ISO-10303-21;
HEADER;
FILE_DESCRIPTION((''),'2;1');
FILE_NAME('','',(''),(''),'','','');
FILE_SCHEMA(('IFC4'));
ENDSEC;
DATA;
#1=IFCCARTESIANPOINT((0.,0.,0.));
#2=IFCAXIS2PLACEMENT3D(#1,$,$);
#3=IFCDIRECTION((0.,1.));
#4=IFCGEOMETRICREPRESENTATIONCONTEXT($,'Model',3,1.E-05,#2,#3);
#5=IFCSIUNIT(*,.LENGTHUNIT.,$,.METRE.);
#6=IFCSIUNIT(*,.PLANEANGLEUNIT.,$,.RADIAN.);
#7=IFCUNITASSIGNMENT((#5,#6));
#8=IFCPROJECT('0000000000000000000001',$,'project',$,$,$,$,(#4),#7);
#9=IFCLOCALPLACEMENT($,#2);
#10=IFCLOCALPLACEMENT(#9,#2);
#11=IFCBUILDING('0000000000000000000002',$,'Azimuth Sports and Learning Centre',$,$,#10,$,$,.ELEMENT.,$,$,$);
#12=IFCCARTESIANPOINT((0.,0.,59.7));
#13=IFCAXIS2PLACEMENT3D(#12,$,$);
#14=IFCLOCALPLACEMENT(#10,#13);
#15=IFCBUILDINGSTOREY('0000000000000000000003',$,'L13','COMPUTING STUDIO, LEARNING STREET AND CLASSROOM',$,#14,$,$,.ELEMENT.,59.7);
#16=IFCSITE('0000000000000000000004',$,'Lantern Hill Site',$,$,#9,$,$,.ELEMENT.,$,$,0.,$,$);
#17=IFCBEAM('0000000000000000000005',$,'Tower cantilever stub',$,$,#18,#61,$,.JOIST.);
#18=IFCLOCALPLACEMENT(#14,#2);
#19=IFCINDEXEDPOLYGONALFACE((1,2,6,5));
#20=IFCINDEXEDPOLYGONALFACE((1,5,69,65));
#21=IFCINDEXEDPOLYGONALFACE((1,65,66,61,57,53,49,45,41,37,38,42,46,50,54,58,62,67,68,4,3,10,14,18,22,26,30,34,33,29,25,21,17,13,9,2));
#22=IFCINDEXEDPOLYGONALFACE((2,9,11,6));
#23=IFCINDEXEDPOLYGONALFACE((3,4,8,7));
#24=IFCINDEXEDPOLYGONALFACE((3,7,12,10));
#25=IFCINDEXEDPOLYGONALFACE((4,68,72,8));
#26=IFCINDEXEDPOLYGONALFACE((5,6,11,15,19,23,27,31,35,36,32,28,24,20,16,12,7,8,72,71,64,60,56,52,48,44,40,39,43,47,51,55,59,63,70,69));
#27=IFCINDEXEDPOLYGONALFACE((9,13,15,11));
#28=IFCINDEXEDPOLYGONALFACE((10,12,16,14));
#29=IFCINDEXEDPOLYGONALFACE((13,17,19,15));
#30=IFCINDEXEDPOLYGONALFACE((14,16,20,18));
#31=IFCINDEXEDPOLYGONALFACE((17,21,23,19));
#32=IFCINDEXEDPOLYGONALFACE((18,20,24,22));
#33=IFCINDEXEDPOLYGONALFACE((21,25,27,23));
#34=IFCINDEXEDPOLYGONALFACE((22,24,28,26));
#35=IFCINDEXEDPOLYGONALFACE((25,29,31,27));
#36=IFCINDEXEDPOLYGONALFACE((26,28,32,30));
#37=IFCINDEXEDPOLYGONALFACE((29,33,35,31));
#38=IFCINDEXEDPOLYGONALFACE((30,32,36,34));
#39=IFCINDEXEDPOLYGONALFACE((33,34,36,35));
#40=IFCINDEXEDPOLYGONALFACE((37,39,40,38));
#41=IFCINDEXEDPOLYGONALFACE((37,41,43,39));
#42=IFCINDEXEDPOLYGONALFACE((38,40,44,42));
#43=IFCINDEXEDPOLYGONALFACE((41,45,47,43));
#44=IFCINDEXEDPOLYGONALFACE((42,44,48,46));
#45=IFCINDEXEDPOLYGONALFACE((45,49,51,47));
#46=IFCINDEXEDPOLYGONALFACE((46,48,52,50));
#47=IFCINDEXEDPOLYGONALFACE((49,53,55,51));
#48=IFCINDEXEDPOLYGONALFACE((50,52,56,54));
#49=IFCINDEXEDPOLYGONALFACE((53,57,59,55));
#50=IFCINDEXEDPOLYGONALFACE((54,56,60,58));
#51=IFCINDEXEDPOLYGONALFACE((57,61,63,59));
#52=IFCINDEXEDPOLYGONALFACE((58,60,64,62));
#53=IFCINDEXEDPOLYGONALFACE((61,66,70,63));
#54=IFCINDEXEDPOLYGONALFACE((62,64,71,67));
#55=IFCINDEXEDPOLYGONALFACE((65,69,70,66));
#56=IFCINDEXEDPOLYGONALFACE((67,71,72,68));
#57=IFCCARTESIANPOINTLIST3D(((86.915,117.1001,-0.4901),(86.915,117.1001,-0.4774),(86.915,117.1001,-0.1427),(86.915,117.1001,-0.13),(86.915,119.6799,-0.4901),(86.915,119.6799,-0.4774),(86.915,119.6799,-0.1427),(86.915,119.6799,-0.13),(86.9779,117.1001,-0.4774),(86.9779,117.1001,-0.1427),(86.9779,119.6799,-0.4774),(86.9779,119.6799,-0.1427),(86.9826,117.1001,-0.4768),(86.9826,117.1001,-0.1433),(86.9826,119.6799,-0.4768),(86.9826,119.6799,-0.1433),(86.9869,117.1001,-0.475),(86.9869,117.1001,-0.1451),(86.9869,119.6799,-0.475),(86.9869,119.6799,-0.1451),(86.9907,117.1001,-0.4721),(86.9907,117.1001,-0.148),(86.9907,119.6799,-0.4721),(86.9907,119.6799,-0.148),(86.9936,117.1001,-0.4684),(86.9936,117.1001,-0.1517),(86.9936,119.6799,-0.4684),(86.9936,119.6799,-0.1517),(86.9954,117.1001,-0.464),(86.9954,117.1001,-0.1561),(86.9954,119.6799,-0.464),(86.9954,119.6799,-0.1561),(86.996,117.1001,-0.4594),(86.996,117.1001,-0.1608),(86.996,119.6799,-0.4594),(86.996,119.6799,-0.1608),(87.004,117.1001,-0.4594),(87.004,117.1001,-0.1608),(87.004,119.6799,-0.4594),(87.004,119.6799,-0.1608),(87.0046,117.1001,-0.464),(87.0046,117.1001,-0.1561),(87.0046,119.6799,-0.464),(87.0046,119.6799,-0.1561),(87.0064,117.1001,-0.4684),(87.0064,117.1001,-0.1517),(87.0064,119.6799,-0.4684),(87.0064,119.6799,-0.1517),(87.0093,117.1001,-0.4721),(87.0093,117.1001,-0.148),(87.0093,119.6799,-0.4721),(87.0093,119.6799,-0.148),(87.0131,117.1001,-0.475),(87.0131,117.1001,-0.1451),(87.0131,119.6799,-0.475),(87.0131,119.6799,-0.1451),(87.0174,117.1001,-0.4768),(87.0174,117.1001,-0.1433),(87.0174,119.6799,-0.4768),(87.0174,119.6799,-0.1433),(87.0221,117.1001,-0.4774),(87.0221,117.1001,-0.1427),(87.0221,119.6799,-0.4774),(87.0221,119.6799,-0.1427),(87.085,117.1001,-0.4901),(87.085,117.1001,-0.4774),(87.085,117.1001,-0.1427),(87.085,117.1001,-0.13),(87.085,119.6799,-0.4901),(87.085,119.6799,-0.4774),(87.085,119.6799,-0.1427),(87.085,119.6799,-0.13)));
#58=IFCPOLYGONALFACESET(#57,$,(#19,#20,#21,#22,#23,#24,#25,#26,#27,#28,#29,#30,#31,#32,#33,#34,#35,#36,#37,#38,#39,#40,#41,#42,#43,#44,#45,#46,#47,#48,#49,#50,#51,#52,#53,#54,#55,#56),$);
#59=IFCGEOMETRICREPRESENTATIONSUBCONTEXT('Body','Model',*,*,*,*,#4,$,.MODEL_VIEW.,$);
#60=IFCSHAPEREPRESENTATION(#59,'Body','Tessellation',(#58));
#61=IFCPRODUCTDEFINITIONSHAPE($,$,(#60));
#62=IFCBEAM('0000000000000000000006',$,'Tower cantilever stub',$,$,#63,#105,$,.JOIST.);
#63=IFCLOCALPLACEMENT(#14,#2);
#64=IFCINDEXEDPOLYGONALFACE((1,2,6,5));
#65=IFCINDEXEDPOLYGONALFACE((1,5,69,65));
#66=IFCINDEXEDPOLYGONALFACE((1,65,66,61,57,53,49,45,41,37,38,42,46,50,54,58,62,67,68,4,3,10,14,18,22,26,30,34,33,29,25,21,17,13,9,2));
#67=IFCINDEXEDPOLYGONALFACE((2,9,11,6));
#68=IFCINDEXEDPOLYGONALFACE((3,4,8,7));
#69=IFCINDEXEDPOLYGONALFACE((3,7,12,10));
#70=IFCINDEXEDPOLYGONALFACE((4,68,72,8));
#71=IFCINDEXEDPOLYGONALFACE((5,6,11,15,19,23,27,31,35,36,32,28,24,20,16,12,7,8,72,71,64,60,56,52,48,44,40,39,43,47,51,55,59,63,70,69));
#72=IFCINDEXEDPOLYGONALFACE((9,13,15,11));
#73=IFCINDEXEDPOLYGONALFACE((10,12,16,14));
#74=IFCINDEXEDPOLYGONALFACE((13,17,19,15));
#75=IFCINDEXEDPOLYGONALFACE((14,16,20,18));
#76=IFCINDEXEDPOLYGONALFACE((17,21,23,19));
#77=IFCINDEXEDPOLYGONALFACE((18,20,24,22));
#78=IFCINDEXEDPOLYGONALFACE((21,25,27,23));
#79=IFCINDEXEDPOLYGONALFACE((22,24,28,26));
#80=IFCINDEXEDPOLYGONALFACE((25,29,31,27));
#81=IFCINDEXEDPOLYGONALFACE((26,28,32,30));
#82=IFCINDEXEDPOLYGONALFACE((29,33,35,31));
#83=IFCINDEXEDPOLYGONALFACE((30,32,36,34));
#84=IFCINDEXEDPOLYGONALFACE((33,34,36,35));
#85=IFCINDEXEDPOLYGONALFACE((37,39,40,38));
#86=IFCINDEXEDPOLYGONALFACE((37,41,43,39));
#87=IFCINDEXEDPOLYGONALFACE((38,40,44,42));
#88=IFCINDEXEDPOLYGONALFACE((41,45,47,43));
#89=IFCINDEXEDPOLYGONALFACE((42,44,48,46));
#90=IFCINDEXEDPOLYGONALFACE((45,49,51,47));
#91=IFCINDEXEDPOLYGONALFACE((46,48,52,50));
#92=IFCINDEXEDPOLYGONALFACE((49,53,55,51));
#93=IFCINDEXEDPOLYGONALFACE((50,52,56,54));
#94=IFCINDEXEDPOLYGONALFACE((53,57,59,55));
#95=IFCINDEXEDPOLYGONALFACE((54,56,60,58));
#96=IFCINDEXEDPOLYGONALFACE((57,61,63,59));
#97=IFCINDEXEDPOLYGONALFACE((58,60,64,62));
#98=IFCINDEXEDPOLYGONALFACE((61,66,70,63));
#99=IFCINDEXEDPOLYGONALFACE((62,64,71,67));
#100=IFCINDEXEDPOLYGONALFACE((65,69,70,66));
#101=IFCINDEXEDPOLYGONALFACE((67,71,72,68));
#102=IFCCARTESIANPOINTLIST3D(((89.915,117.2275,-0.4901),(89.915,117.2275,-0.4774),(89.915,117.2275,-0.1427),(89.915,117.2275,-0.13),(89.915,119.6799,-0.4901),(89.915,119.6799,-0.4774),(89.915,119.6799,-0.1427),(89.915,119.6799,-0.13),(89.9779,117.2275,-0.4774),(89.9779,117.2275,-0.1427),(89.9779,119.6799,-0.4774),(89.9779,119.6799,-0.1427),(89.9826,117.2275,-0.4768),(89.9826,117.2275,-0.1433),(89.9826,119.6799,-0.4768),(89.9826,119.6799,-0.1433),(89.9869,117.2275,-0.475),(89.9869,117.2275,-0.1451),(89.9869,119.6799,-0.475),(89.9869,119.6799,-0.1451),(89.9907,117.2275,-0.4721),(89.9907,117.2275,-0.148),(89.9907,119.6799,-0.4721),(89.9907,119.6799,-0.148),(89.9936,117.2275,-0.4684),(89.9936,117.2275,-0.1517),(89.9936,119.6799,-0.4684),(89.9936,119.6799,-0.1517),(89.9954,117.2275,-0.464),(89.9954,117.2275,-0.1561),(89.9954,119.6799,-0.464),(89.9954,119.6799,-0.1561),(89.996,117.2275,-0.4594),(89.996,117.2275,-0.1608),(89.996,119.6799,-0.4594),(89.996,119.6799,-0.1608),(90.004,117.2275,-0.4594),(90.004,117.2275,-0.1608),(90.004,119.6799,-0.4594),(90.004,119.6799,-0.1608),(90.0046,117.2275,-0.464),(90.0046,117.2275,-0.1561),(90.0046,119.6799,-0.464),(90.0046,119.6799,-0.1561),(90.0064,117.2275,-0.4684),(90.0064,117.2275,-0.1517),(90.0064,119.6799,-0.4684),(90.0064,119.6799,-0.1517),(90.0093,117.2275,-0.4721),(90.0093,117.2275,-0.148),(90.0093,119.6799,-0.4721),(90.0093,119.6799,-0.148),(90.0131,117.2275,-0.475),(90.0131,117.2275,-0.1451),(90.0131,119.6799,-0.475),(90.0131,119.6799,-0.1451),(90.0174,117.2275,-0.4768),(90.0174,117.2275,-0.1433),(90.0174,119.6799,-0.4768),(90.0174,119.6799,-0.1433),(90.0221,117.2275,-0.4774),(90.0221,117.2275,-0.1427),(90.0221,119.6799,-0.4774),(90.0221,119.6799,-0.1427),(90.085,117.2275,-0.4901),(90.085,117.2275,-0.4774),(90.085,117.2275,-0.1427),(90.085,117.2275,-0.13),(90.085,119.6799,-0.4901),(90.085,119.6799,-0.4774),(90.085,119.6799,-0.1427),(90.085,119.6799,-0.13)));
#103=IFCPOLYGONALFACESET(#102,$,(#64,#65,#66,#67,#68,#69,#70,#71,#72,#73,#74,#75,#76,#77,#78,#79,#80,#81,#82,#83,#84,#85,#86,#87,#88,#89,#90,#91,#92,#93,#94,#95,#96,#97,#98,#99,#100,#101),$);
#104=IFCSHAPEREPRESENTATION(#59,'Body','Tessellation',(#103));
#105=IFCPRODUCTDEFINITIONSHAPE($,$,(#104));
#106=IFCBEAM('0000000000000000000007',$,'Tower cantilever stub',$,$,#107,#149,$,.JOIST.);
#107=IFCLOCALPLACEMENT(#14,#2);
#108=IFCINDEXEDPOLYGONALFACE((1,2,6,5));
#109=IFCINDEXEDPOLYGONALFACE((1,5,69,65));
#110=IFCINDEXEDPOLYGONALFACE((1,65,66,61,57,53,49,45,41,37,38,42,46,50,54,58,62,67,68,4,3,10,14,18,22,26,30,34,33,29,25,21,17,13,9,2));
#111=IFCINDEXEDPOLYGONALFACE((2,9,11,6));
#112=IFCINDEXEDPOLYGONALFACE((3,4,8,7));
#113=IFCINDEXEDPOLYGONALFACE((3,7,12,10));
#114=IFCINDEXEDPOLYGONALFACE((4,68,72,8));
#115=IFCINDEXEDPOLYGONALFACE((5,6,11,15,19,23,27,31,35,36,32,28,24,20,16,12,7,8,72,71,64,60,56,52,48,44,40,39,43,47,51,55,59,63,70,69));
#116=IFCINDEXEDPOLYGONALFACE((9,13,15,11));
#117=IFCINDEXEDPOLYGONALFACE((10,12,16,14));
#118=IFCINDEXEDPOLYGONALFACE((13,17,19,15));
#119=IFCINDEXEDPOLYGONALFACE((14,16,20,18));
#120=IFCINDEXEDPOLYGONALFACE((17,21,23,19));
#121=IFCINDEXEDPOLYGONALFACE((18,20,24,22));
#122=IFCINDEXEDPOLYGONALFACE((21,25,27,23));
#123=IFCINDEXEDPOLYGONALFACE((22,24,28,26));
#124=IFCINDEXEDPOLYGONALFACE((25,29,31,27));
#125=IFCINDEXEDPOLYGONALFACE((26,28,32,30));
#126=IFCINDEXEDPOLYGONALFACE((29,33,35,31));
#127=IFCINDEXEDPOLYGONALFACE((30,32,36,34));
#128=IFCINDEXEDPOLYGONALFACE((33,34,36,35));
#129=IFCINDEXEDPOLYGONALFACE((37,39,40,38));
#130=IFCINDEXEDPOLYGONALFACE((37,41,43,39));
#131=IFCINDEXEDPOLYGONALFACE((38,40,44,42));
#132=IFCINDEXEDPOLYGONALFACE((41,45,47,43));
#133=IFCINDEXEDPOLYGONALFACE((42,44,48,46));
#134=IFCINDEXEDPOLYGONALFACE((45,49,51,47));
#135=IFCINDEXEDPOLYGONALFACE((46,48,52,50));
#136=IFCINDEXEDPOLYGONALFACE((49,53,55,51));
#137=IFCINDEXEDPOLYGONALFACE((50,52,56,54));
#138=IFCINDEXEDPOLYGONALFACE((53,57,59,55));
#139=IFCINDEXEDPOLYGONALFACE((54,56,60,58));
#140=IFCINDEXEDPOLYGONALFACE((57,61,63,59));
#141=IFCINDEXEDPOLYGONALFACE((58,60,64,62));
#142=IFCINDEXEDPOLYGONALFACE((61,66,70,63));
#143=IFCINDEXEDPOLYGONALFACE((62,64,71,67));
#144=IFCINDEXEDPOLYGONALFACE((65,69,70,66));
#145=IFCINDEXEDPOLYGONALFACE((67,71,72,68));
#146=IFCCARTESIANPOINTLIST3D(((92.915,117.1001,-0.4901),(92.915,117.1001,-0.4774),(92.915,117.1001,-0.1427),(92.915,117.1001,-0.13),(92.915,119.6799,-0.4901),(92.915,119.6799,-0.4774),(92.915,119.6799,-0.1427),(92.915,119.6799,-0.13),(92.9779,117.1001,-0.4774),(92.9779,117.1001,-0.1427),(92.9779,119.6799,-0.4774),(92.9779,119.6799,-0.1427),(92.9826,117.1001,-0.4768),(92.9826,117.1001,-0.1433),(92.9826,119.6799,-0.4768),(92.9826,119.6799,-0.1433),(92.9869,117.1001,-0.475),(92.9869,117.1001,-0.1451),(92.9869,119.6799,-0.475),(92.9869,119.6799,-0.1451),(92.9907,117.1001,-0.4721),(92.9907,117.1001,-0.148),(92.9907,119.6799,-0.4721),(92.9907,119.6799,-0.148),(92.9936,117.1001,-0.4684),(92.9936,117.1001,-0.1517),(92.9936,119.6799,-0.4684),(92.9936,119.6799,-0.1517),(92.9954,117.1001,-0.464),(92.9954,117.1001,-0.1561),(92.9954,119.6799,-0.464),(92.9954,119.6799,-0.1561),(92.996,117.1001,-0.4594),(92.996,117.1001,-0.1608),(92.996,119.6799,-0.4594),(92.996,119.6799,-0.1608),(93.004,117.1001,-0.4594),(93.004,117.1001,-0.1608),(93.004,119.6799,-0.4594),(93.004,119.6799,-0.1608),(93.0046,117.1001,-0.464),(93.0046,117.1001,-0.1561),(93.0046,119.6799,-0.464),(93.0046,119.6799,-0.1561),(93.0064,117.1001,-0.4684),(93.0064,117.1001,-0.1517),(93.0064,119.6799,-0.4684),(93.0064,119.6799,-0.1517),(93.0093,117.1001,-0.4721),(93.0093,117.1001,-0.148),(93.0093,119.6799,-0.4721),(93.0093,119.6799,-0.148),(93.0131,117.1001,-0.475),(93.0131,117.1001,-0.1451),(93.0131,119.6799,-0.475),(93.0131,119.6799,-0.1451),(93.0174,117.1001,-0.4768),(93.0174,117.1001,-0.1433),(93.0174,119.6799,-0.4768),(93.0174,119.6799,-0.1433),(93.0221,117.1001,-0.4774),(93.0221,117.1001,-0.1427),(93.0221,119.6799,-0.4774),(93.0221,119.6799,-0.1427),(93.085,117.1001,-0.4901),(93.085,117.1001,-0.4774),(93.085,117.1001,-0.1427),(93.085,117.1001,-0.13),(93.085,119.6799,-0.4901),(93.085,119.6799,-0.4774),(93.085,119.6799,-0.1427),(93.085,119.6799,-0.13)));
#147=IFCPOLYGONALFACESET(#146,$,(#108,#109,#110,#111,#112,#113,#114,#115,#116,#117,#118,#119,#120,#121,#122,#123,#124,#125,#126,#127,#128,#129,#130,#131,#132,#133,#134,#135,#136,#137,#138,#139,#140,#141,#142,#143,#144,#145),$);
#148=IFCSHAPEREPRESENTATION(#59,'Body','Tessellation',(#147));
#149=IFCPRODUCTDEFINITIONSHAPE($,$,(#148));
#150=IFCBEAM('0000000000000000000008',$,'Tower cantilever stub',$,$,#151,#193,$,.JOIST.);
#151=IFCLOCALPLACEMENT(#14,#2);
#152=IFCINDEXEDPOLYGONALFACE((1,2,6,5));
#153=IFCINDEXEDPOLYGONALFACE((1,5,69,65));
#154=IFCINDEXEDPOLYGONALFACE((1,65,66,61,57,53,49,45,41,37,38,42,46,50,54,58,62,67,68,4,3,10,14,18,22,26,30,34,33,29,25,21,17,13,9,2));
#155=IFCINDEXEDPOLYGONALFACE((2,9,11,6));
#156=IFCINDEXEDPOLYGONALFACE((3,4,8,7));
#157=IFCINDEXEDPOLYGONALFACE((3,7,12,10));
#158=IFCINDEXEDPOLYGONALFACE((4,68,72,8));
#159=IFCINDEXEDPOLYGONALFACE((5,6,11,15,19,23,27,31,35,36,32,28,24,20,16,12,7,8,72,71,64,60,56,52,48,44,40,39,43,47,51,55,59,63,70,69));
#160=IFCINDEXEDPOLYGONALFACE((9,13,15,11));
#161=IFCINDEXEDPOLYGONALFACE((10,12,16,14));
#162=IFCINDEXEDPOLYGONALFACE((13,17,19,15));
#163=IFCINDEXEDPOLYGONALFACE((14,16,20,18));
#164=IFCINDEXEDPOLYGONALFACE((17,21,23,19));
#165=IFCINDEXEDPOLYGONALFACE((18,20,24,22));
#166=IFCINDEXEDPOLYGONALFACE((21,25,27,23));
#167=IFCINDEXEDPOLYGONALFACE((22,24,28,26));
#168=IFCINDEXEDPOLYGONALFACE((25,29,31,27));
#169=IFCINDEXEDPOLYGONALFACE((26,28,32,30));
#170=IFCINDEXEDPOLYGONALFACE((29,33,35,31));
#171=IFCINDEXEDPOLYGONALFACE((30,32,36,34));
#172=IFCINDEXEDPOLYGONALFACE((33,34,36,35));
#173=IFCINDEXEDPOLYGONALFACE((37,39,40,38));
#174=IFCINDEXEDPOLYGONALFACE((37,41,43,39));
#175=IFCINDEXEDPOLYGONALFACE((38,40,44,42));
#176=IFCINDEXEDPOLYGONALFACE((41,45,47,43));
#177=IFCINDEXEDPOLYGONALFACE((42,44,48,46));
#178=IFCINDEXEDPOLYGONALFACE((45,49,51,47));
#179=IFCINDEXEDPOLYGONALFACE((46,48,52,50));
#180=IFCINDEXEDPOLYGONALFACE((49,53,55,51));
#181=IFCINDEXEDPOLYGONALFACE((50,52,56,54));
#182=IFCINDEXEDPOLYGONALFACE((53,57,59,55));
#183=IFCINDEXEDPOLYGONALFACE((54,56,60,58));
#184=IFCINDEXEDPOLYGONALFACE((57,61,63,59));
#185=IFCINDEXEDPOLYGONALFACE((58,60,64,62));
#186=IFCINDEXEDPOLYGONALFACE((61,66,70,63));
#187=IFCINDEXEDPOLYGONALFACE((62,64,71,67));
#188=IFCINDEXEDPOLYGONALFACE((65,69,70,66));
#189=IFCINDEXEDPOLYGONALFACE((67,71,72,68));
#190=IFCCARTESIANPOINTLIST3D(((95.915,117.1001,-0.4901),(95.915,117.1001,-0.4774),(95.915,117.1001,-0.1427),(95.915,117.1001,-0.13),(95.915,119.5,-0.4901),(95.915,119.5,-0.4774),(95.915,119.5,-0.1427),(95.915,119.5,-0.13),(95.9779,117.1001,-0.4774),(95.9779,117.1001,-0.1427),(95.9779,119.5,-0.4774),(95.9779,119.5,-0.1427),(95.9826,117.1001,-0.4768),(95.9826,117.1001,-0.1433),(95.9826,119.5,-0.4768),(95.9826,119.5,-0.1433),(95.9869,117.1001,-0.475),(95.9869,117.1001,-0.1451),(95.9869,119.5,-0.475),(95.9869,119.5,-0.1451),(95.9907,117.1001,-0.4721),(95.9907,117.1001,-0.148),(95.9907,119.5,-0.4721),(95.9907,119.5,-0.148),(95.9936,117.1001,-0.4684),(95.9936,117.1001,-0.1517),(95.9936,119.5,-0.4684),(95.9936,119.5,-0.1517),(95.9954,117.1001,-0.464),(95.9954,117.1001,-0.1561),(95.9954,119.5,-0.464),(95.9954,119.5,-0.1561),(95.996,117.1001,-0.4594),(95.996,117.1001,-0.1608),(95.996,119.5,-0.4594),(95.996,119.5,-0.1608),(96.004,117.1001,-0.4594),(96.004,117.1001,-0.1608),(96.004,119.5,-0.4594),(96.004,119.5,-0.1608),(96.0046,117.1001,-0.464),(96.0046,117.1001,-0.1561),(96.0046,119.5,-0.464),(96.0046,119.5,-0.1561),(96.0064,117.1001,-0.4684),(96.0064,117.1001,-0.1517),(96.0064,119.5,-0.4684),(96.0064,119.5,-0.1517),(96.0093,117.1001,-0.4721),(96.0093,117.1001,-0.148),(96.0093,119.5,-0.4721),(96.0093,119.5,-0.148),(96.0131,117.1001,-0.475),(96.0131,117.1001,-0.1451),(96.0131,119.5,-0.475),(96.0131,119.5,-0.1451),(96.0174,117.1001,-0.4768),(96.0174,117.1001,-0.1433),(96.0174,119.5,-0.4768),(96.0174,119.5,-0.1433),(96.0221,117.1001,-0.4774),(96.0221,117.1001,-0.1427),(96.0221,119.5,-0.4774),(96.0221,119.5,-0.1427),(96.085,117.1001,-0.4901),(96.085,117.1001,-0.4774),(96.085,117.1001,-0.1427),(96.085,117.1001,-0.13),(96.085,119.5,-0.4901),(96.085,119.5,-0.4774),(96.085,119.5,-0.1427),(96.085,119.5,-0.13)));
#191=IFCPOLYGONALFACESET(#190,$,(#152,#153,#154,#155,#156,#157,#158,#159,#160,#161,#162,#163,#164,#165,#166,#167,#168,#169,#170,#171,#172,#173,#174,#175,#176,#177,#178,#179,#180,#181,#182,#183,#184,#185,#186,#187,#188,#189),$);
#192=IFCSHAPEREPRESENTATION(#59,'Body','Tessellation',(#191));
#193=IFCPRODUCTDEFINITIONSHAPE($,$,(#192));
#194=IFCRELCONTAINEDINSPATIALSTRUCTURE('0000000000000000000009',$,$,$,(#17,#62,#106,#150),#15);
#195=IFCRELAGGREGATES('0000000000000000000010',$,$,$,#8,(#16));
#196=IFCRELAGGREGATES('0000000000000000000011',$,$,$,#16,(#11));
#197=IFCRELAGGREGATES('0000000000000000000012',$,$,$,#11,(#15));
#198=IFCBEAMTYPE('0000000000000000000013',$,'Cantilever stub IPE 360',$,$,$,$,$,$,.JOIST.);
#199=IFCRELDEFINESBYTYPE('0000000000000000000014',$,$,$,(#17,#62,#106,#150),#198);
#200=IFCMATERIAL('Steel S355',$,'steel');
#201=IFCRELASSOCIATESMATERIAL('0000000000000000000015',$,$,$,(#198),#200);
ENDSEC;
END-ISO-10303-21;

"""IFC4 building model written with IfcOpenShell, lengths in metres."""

from ifc_helpers import new_model, si_unit, direction, frame, origin, origin_2d, place, context, subcontext, project, spatial, i_section, extrude, material, material_profile, profile_set, type_object, element, save


model = new_model("IFC4")

# Units and contexts
model_context = context("Model", 3, precision=1e-05, world=origin(), true_north=direction((0.0, 1.0)))
body_context = subcontext(model_context, "Body", "Model", "MODEL_VIEW")
ifc_project = project(units=[si_unit("LENGTHUNIT", "METRE"), si_unit("PLANEANGLEUNIT", "RADIAN")], contexts=[model_context])

# Site, building, storey
site_placement = place(None, origin())
site = spatial("IfcSite", under=ifc_project, at=site_placement, Name="Lantern Hill Site", CompositionType="ELEMENT", RefElevation=0.0)
building_placement = place(site_placement, origin())
building = spatial("IfcBuilding", under=site, at=building_placement, Name="Azimuth Sports and Learning Centre", CompositionType="ELEMENT")
storey_placement = place(building_placement, frame((0.0, 0.0, 59.7)))
storey = spatial("IfcBuildingStorey", under=building, at=storey_placement, Name="L13", Description="COMPUTING STUDIO, LEARNING STREET AND CLASSROOM", CompositionType="ELEMENT", Elevation=59.7)

# Beams
ifc_material_1 = material(Name="Steel S355", Category="steel")
ifc_material_profile_1 = material_profile(ifc_material_1, i_section(OverallWidth=0.1699, OverallDepth=0.3601, WebThickness=0.0081, FlangeThickness=0.0127, FilletRadius=0.0181, at=origin_2d()), Name="IPE 360")
ifc_profile_set_1 = profile_set([ifc_material_profile_1], Name="Steel S355")
beam_type_1 = type_object("IfcBeamType", Name="Cantilever stub IPE 360", PredefinedType="JOIST", material=ifc_profile_set_1)
beam_1_placement = place(storey_placement, frame((87.0, 117.1001, -0.3101), z_axis=(0.0, 1.0, 0.0), x_axis=(-1.0, 0.0, 0.0)))
element("IfcBeam", 1, at=beam_1_placement, inside=storey, type_object=beam_type_1, Name="Tower cantilever stub", PredefinedType="JOIST", context=body_context, shape_type="SweptSolid", body=[
    extrude(i_section(OverallWidth=0.1699, OverallDepth=0.3601, WebThickness=0.0081, FlangeThickness=0.0127, FilletRadius=0.0181, at=origin_2d()), origin(), (0.0, 0.0, 1.0), 2.5798),
])
beam_2_placement = place(storey_placement, frame((90.0, 117.2275, -0.3101), z_axis=(0.0, 1.0, 0.0), x_axis=(-1.0, 0.0, 0.0)))
element("IfcBeam", 2, at=beam_2_placement, inside=storey, type_object=beam_type_1, Name="Tower cantilever stub", PredefinedType="JOIST", context=body_context, shape_type="SweptSolid", body=[
    extrude(i_section(OverallWidth=0.1699, OverallDepth=0.3601, WebThickness=0.0081, FlangeThickness=0.0127, FilletRadius=0.0181, at=origin_2d()), origin(), (0.0, 0.0, 1.0), 2.4524),
])
beam_3_placement = place(storey_placement, frame((93.0, 117.1001, -0.3101), z_axis=(0.0, 1.0, 0.0), x_axis=(-1.0, 0.0, 0.0)))
element("IfcBeam", 3, at=beam_3_placement, inside=storey, type_object=beam_type_1, Name="Tower cantilever stub", PredefinedType="JOIST", context=body_context, shape_type="SweptSolid", body=[
    extrude(i_section(OverallWidth=0.1699, OverallDepth=0.3601, WebThickness=0.0081, FlangeThickness=0.0127, FilletRadius=0.0181, at=origin_2d()), origin(), (0.0, 0.0, 1.0), 2.5798),
])
beam_4_placement = place(storey_placement, frame((96.0, 117.1001, -0.3101), z_axis=(0.0, 1.0, 0.0), x_axis=(-1.0, 0.0, 0.0)))
element("IfcBeam", 4, at=beam_4_placement, inside=storey, type_object=beam_type_1, Name="Tower cantilever stub", PredefinedType="JOIST", context=body_context, shape_type="SweptSolid", body=[
    extrude(i_section(OverallWidth=0.1699, OverallDepth=0.3601, WebThickness=0.0081, FlangeThickness=0.0127, FilletRadius=0.0181, at=origin_2d()), origin(), (0.0, 0.0, 1.0), 2.3999),
])

save(model, "model.ifc")
